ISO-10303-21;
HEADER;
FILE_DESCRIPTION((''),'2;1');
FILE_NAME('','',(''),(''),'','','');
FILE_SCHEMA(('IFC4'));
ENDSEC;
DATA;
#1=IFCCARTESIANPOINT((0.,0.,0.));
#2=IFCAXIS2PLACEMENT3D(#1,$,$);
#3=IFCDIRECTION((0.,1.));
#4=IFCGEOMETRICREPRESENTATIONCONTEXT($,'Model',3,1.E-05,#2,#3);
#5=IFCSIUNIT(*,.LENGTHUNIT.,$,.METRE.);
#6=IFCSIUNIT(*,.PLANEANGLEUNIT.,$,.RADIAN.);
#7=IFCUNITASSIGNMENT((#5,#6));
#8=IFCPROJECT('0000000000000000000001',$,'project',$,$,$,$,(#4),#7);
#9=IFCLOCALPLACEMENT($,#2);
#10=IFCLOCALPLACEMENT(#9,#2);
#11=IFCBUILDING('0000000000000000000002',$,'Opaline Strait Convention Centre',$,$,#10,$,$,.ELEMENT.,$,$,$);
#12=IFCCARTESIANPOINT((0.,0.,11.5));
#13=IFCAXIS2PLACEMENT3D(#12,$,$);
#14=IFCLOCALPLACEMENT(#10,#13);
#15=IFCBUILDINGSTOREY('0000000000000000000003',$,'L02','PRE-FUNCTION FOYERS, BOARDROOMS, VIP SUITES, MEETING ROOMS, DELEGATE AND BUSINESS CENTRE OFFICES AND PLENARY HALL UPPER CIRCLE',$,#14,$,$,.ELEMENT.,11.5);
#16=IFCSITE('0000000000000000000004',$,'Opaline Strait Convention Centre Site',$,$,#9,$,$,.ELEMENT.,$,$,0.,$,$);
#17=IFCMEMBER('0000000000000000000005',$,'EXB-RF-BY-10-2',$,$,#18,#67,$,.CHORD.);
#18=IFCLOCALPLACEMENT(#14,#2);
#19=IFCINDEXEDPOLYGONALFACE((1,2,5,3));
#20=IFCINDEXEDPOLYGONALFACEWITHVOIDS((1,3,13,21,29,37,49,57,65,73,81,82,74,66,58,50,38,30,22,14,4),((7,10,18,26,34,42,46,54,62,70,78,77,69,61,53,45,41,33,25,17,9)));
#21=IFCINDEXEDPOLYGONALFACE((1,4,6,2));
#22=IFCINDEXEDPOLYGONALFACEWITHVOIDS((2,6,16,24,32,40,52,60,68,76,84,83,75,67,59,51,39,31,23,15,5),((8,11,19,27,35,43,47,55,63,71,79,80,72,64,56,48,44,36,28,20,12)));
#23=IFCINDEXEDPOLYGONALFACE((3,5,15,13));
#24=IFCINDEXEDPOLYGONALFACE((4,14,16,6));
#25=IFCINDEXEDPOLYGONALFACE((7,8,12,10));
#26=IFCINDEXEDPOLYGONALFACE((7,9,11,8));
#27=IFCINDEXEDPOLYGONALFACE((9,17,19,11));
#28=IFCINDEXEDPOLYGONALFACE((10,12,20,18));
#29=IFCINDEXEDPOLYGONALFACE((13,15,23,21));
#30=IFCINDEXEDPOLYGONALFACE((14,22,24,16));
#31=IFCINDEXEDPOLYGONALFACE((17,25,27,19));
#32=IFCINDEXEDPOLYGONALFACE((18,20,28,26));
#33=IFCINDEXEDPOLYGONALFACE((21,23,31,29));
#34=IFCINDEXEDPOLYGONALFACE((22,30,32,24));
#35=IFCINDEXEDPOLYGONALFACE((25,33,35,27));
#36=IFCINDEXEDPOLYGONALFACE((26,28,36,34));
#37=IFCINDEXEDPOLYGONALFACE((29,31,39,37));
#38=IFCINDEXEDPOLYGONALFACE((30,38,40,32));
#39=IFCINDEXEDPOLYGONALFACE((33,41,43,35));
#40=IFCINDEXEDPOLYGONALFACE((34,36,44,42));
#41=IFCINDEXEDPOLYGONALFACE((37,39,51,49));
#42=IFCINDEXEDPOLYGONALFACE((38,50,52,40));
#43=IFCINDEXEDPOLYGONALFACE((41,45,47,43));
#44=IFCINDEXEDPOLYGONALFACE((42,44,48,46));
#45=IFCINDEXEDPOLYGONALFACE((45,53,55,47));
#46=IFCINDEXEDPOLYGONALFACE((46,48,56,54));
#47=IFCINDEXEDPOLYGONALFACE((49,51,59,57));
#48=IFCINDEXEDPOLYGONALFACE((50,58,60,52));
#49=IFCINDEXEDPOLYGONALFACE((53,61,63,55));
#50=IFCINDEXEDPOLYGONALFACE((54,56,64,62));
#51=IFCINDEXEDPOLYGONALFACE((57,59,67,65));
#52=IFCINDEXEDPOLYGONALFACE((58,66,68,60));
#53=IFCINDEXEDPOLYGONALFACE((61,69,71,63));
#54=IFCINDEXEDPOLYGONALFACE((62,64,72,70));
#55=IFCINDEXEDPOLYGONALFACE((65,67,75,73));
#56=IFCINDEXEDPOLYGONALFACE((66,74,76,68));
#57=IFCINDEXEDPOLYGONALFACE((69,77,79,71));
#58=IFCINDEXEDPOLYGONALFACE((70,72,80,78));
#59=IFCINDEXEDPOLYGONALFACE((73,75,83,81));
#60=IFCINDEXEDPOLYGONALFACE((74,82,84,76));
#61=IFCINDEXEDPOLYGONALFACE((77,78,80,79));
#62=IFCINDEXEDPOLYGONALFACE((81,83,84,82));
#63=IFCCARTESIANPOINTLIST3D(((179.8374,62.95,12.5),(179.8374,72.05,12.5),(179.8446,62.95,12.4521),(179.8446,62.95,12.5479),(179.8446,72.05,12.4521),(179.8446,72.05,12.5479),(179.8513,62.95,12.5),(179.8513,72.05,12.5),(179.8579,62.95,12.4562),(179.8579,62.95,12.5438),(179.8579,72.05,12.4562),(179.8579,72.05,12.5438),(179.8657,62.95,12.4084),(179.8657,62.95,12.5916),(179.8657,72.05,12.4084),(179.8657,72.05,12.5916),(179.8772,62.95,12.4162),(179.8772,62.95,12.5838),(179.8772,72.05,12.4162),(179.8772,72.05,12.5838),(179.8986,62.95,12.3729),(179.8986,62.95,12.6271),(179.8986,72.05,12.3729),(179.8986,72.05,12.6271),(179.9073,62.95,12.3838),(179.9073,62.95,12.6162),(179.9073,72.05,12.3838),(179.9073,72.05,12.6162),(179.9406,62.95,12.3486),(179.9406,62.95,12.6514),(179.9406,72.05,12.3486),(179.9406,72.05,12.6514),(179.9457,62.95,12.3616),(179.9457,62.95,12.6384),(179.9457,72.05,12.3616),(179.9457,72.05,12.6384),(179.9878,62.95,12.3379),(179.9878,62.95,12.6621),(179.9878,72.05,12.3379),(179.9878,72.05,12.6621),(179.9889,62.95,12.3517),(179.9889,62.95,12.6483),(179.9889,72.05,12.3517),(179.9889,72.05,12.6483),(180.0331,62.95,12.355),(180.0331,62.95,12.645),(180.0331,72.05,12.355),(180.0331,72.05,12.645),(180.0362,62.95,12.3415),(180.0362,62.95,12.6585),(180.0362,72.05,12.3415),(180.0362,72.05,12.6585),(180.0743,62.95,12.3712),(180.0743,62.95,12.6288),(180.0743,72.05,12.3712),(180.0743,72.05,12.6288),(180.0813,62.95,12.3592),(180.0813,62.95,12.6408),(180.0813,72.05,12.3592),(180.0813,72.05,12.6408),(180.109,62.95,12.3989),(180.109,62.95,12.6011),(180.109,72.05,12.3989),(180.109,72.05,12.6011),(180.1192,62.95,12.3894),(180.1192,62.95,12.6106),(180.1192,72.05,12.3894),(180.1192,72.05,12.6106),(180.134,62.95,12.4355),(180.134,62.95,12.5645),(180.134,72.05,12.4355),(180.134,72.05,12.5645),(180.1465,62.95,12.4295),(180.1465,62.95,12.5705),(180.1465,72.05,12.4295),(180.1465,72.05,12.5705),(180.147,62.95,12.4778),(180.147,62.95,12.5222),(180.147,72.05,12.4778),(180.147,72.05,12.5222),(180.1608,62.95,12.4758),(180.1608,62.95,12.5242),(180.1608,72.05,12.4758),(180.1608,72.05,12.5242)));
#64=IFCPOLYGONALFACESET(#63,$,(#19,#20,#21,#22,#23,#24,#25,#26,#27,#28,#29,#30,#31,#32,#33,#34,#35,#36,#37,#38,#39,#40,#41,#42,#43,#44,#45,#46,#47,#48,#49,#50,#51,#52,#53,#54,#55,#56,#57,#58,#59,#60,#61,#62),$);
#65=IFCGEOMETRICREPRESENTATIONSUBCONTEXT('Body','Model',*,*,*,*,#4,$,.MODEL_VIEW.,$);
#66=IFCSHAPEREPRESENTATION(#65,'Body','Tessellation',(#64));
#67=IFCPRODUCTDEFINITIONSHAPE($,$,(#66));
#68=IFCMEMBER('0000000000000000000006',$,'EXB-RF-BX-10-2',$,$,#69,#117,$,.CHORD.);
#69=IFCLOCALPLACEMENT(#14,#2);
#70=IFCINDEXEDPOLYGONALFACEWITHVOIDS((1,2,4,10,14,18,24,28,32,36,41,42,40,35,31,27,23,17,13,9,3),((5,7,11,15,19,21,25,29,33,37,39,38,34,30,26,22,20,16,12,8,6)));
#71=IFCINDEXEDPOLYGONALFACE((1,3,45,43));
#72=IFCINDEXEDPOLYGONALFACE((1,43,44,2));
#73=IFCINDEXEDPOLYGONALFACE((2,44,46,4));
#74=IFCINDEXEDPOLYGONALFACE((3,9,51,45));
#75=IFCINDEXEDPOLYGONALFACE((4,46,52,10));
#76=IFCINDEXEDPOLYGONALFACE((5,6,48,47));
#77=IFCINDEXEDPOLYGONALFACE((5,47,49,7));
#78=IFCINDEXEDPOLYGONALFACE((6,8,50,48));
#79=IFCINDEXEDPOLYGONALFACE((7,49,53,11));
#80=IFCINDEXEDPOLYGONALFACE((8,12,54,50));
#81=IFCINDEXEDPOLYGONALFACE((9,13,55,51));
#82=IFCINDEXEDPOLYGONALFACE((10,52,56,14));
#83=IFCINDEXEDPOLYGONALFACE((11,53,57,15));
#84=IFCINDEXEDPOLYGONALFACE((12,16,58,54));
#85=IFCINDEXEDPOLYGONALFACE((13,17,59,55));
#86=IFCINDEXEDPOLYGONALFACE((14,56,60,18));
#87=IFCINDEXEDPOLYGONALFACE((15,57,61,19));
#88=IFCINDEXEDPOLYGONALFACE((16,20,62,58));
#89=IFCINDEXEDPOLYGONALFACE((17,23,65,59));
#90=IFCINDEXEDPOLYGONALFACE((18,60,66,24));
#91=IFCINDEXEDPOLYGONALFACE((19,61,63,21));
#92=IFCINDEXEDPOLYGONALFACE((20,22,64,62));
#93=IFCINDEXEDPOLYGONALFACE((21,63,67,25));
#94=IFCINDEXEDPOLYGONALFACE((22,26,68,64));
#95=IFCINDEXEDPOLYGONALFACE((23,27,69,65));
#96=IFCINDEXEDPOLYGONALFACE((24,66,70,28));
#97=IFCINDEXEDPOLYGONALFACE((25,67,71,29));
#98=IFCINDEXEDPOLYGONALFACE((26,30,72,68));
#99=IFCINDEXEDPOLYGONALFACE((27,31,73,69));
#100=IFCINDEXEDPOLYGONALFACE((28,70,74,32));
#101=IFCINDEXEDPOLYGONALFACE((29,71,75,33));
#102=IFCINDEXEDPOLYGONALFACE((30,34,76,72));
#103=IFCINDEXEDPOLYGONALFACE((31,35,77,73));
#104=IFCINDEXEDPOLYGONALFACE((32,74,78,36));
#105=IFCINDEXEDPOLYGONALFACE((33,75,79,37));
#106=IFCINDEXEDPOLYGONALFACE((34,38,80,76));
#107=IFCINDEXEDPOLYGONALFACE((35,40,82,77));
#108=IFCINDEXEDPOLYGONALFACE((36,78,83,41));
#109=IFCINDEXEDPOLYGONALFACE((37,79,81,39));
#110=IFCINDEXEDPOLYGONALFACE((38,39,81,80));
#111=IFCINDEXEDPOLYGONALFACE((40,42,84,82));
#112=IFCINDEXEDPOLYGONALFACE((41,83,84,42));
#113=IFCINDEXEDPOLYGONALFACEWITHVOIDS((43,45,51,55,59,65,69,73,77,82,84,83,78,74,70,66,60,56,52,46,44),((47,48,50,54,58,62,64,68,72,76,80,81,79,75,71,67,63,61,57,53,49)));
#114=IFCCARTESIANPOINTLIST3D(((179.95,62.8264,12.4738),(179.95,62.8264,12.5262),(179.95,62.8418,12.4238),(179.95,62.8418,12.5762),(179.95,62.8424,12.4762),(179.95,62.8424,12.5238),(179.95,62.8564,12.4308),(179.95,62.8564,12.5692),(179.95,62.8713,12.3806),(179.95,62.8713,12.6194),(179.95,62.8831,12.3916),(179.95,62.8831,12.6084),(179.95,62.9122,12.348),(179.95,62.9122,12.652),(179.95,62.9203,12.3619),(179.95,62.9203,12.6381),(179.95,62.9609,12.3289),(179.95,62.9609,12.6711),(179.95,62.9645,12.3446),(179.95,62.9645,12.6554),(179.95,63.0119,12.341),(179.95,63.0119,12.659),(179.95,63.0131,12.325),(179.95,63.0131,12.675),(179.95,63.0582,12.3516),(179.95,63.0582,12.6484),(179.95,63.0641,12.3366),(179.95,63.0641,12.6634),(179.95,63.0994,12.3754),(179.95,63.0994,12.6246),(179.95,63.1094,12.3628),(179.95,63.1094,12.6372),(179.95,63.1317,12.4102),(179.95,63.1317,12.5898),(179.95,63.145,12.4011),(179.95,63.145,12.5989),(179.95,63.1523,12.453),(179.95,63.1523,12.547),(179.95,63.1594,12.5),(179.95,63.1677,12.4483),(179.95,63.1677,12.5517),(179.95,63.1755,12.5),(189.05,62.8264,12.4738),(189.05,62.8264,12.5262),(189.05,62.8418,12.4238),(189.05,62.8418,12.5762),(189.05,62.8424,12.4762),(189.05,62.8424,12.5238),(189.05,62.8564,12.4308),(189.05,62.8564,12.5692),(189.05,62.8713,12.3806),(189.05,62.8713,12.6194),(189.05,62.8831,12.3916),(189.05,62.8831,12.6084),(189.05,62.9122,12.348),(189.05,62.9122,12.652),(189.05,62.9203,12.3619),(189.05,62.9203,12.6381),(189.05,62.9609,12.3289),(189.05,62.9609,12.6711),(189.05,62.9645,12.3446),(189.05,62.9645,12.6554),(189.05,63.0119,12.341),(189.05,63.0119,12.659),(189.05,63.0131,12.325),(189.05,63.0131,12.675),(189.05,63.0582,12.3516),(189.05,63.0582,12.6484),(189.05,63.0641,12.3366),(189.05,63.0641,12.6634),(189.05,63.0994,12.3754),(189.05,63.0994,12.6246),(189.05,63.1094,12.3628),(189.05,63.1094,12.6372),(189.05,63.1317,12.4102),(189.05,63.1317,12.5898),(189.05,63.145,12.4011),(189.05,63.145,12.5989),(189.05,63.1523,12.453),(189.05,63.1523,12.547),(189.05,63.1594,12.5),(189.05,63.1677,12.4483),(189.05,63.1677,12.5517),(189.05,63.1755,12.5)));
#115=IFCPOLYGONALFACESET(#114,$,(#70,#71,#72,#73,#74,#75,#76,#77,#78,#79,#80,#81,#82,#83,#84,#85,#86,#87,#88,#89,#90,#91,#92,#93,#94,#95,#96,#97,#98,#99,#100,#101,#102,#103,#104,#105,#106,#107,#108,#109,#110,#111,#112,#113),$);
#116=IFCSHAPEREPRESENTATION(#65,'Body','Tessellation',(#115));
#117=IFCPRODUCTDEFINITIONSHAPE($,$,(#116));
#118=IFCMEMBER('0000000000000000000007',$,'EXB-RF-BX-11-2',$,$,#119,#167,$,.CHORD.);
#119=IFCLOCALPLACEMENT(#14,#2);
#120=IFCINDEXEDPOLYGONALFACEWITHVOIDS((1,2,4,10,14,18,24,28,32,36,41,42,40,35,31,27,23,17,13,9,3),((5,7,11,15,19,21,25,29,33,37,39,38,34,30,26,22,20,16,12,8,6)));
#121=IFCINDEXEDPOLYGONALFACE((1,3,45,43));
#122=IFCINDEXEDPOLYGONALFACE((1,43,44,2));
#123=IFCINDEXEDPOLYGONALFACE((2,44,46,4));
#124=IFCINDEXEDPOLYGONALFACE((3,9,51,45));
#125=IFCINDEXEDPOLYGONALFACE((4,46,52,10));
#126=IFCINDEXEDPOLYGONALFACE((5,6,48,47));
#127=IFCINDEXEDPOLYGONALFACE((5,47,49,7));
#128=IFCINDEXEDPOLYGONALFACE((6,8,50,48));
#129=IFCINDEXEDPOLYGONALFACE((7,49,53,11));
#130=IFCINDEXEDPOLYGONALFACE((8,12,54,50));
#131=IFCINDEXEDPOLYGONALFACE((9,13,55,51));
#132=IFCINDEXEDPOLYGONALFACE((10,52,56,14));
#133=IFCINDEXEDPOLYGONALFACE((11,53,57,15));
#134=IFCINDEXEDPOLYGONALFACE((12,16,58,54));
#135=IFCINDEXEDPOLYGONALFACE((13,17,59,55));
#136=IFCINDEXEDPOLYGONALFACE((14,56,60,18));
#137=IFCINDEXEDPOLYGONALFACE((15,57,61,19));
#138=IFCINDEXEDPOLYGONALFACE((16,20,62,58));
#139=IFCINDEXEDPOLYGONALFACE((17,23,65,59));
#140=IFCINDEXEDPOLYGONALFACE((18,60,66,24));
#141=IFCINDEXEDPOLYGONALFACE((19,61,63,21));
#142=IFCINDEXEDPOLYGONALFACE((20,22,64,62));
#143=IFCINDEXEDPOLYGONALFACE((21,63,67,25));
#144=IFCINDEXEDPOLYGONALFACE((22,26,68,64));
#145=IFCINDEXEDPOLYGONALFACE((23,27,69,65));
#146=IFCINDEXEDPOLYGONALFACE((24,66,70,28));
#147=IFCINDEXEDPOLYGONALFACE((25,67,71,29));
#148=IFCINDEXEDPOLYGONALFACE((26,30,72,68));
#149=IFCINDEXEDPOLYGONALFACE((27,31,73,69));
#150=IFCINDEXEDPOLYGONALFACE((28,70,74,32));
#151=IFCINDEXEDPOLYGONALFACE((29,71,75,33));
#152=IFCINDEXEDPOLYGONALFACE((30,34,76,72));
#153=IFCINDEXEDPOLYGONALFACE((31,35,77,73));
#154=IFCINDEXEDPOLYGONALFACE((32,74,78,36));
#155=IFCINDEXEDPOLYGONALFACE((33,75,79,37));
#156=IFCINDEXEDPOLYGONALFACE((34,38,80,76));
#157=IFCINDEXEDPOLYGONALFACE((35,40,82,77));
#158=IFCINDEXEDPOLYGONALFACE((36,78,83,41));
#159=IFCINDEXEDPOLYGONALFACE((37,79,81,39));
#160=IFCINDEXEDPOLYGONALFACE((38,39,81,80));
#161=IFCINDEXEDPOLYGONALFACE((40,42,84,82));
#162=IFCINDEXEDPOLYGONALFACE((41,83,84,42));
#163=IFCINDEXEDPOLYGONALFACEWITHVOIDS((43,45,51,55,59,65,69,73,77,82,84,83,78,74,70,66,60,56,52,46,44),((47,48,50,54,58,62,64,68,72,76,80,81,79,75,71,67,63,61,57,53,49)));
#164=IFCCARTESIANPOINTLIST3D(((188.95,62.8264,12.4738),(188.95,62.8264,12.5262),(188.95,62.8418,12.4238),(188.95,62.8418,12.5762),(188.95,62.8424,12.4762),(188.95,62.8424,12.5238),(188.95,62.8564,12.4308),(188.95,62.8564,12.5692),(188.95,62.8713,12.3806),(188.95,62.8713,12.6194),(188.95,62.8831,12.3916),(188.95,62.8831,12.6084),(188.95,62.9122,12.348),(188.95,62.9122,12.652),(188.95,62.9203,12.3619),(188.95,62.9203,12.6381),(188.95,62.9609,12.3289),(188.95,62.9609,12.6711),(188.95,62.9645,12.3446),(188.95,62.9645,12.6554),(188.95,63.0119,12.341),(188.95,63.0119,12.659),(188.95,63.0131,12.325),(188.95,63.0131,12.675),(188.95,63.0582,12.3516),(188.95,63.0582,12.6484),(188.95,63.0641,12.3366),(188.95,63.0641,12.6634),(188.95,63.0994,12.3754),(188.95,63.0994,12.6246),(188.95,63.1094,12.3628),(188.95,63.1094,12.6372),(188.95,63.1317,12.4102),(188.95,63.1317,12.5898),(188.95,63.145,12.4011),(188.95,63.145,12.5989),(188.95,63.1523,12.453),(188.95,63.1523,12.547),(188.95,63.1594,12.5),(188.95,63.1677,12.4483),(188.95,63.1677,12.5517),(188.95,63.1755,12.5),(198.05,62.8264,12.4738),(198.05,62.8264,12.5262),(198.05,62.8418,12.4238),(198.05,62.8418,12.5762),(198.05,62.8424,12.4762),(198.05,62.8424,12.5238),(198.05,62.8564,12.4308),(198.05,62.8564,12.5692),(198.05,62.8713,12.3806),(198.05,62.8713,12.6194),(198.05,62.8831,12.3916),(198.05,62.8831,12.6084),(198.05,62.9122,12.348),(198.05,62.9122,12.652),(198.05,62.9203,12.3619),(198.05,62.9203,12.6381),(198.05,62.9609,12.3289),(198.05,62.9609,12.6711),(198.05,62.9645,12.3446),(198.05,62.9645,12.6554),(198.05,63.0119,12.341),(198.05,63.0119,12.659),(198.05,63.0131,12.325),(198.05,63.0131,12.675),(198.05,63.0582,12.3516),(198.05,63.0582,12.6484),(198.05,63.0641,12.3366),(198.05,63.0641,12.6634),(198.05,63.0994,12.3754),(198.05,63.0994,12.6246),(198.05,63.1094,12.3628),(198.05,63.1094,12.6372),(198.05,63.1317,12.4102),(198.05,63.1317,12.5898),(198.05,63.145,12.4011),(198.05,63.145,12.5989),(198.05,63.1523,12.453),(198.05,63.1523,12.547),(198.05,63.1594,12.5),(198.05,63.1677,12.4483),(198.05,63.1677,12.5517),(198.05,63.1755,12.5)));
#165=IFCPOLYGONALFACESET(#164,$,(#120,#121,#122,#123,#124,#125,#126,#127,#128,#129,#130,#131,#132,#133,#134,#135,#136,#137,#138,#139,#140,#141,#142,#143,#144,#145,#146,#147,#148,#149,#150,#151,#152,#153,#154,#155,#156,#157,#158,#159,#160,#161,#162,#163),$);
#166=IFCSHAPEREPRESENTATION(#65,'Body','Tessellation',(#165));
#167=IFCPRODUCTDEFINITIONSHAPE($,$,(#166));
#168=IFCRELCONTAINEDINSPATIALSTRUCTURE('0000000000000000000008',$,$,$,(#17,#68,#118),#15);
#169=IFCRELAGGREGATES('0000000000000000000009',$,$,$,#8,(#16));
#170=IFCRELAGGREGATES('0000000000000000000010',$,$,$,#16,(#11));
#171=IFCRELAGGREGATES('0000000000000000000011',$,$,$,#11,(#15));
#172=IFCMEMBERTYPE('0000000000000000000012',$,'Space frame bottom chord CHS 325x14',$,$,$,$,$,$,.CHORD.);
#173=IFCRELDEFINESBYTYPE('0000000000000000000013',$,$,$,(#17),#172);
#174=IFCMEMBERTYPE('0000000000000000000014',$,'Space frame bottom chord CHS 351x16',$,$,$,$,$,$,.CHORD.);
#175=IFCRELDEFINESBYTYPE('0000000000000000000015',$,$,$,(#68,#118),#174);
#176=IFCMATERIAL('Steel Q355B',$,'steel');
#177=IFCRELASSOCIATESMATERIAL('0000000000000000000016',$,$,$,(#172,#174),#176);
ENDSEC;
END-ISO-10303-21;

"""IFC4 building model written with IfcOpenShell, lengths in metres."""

from ifc_helpers import new_model, si_unit, direction, frame, origin, origin_2d, place, context, subcontext, project, spatial, hollow_circle, extrude, material, material_profile, profile_set, type_object, element, save


model = new_model("IFC4")

# Units and contexts
model_context = context("Model", 3, precision=1e-05, world=origin(), true_north=direction((0.0, 1.0)))
body_context = subcontext(model_context, "Body", "Model", "MODEL_VIEW")
ifc_project = project(units=[si_unit("LENGTHUNIT", "METRE"), si_unit("PLANEANGLEUNIT", "RADIAN")], contexts=[model_context])

# Site, building, storey
site_placement = place(None, origin())
site = spatial("IfcSite", under=ifc_project, at=site_placement, Name="Opaline Strait Convention Centre Site", CompositionType="ELEMENT", RefElevation=0.0)
building_placement = place(site_placement, origin())
building = spatial("IfcBuilding", under=site, at=building_placement, Name="Opaline Strait Convention Centre", CompositionType="ELEMENT")
storey_placement = place(building_placement, frame((0.0, 0.0, 11.5)))
storey = spatial("IfcBuildingStorey", under=building, at=storey_placement, Name="L02", Description="PRE-FUNCTION FOYERS, BOARDROOMS, VIP SUITES, MEETING ROOMS, DELEGATE AND BUSINESS CENTRE OFFICES AND PLENARY HALL UPPER CIRCLE", CompositionType="ELEMENT", Elevation=11.5)

# Members
ifc_material = material(Name="Steel Q355B", Category="steel")
ifc_material_profile_1 = material_profile(ifc_material, hollow_circle(Radius=0.1626, WallThickness=0.0139, at=origin_2d()), Name="CHS 325x14")
ifc_profile_set_1 = profile_set([ifc_material_profile_1], Name="Steel Q355B")
member_type_1 = type_object("IfcMemberType", Name="Space frame bottom chord CHS 325x14", PredefinedType="CHORD", material=ifc_profile_set_1)
for number, where, z_axis, x_axis, name in (
    (1, (180.0, 62.95, 12.5), (0.0, 1.0, 0.0), (-1.0, 0.0, 0.0), "EXB-RF-BY-10-2"),
):
    element("IfcMember", number, at=place(storey_placement, frame(where, z_axis=z_axis, x_axis=x_axis)), inside=storey, type_object=member_type_1, Name=name, PredefinedType="CHORD", context=body_context, shape_type="SweptSolid", body=[
        extrude(hollow_circle(Radius=0.1626, WallThickness=0.0139, at=origin_2d()), origin(), (0.0, 0.0, 1.0), 9.1001),
    ])
ifc_material_profile_2 = material_profile(ifc_material, hollow_circle(Radius=0.1755, WallThickness=0.0161, at=origin_2d()), Name="CHS 351x16")
ifc_profile_set_2 = profile_set([ifc_material_profile_2], Name="Steel Q355B")
member_type_2 = type_object("IfcMemberType", Name="Space frame bottom chord CHS 351x16", PredefinedType="CHORD", material=ifc_profile_set_2)
for number, where, z_axis, x_axis, name in (
    (2, (179.95, 63.0, 12.5), (1.0, 0.0, 0.0), (0.0, 1.0, 0.0), "EXB-RF-BX-10-2"),
    (3, (188.95, 63.0, 12.5), (1.0, 0.0, 0.0), (0.0, 1.0, 0.0), "EXB-RF-BX-11-2"),
):
    element("IfcMember", number, at=place(storey_placement, frame(where, z_axis=z_axis, x_axis=x_axis)), inside=storey, type_object=member_type_2, Name=name, PredefinedType="CHORD", context=body_context, shape_type="SweptSolid", body=[
        extrude(hollow_circle(Radius=0.1755, WallThickness=0.0161, at=origin_2d()), origin(), (0.0, 0.0, 1.0), 9.1001),
    ])

save(model, "model.ifc")
